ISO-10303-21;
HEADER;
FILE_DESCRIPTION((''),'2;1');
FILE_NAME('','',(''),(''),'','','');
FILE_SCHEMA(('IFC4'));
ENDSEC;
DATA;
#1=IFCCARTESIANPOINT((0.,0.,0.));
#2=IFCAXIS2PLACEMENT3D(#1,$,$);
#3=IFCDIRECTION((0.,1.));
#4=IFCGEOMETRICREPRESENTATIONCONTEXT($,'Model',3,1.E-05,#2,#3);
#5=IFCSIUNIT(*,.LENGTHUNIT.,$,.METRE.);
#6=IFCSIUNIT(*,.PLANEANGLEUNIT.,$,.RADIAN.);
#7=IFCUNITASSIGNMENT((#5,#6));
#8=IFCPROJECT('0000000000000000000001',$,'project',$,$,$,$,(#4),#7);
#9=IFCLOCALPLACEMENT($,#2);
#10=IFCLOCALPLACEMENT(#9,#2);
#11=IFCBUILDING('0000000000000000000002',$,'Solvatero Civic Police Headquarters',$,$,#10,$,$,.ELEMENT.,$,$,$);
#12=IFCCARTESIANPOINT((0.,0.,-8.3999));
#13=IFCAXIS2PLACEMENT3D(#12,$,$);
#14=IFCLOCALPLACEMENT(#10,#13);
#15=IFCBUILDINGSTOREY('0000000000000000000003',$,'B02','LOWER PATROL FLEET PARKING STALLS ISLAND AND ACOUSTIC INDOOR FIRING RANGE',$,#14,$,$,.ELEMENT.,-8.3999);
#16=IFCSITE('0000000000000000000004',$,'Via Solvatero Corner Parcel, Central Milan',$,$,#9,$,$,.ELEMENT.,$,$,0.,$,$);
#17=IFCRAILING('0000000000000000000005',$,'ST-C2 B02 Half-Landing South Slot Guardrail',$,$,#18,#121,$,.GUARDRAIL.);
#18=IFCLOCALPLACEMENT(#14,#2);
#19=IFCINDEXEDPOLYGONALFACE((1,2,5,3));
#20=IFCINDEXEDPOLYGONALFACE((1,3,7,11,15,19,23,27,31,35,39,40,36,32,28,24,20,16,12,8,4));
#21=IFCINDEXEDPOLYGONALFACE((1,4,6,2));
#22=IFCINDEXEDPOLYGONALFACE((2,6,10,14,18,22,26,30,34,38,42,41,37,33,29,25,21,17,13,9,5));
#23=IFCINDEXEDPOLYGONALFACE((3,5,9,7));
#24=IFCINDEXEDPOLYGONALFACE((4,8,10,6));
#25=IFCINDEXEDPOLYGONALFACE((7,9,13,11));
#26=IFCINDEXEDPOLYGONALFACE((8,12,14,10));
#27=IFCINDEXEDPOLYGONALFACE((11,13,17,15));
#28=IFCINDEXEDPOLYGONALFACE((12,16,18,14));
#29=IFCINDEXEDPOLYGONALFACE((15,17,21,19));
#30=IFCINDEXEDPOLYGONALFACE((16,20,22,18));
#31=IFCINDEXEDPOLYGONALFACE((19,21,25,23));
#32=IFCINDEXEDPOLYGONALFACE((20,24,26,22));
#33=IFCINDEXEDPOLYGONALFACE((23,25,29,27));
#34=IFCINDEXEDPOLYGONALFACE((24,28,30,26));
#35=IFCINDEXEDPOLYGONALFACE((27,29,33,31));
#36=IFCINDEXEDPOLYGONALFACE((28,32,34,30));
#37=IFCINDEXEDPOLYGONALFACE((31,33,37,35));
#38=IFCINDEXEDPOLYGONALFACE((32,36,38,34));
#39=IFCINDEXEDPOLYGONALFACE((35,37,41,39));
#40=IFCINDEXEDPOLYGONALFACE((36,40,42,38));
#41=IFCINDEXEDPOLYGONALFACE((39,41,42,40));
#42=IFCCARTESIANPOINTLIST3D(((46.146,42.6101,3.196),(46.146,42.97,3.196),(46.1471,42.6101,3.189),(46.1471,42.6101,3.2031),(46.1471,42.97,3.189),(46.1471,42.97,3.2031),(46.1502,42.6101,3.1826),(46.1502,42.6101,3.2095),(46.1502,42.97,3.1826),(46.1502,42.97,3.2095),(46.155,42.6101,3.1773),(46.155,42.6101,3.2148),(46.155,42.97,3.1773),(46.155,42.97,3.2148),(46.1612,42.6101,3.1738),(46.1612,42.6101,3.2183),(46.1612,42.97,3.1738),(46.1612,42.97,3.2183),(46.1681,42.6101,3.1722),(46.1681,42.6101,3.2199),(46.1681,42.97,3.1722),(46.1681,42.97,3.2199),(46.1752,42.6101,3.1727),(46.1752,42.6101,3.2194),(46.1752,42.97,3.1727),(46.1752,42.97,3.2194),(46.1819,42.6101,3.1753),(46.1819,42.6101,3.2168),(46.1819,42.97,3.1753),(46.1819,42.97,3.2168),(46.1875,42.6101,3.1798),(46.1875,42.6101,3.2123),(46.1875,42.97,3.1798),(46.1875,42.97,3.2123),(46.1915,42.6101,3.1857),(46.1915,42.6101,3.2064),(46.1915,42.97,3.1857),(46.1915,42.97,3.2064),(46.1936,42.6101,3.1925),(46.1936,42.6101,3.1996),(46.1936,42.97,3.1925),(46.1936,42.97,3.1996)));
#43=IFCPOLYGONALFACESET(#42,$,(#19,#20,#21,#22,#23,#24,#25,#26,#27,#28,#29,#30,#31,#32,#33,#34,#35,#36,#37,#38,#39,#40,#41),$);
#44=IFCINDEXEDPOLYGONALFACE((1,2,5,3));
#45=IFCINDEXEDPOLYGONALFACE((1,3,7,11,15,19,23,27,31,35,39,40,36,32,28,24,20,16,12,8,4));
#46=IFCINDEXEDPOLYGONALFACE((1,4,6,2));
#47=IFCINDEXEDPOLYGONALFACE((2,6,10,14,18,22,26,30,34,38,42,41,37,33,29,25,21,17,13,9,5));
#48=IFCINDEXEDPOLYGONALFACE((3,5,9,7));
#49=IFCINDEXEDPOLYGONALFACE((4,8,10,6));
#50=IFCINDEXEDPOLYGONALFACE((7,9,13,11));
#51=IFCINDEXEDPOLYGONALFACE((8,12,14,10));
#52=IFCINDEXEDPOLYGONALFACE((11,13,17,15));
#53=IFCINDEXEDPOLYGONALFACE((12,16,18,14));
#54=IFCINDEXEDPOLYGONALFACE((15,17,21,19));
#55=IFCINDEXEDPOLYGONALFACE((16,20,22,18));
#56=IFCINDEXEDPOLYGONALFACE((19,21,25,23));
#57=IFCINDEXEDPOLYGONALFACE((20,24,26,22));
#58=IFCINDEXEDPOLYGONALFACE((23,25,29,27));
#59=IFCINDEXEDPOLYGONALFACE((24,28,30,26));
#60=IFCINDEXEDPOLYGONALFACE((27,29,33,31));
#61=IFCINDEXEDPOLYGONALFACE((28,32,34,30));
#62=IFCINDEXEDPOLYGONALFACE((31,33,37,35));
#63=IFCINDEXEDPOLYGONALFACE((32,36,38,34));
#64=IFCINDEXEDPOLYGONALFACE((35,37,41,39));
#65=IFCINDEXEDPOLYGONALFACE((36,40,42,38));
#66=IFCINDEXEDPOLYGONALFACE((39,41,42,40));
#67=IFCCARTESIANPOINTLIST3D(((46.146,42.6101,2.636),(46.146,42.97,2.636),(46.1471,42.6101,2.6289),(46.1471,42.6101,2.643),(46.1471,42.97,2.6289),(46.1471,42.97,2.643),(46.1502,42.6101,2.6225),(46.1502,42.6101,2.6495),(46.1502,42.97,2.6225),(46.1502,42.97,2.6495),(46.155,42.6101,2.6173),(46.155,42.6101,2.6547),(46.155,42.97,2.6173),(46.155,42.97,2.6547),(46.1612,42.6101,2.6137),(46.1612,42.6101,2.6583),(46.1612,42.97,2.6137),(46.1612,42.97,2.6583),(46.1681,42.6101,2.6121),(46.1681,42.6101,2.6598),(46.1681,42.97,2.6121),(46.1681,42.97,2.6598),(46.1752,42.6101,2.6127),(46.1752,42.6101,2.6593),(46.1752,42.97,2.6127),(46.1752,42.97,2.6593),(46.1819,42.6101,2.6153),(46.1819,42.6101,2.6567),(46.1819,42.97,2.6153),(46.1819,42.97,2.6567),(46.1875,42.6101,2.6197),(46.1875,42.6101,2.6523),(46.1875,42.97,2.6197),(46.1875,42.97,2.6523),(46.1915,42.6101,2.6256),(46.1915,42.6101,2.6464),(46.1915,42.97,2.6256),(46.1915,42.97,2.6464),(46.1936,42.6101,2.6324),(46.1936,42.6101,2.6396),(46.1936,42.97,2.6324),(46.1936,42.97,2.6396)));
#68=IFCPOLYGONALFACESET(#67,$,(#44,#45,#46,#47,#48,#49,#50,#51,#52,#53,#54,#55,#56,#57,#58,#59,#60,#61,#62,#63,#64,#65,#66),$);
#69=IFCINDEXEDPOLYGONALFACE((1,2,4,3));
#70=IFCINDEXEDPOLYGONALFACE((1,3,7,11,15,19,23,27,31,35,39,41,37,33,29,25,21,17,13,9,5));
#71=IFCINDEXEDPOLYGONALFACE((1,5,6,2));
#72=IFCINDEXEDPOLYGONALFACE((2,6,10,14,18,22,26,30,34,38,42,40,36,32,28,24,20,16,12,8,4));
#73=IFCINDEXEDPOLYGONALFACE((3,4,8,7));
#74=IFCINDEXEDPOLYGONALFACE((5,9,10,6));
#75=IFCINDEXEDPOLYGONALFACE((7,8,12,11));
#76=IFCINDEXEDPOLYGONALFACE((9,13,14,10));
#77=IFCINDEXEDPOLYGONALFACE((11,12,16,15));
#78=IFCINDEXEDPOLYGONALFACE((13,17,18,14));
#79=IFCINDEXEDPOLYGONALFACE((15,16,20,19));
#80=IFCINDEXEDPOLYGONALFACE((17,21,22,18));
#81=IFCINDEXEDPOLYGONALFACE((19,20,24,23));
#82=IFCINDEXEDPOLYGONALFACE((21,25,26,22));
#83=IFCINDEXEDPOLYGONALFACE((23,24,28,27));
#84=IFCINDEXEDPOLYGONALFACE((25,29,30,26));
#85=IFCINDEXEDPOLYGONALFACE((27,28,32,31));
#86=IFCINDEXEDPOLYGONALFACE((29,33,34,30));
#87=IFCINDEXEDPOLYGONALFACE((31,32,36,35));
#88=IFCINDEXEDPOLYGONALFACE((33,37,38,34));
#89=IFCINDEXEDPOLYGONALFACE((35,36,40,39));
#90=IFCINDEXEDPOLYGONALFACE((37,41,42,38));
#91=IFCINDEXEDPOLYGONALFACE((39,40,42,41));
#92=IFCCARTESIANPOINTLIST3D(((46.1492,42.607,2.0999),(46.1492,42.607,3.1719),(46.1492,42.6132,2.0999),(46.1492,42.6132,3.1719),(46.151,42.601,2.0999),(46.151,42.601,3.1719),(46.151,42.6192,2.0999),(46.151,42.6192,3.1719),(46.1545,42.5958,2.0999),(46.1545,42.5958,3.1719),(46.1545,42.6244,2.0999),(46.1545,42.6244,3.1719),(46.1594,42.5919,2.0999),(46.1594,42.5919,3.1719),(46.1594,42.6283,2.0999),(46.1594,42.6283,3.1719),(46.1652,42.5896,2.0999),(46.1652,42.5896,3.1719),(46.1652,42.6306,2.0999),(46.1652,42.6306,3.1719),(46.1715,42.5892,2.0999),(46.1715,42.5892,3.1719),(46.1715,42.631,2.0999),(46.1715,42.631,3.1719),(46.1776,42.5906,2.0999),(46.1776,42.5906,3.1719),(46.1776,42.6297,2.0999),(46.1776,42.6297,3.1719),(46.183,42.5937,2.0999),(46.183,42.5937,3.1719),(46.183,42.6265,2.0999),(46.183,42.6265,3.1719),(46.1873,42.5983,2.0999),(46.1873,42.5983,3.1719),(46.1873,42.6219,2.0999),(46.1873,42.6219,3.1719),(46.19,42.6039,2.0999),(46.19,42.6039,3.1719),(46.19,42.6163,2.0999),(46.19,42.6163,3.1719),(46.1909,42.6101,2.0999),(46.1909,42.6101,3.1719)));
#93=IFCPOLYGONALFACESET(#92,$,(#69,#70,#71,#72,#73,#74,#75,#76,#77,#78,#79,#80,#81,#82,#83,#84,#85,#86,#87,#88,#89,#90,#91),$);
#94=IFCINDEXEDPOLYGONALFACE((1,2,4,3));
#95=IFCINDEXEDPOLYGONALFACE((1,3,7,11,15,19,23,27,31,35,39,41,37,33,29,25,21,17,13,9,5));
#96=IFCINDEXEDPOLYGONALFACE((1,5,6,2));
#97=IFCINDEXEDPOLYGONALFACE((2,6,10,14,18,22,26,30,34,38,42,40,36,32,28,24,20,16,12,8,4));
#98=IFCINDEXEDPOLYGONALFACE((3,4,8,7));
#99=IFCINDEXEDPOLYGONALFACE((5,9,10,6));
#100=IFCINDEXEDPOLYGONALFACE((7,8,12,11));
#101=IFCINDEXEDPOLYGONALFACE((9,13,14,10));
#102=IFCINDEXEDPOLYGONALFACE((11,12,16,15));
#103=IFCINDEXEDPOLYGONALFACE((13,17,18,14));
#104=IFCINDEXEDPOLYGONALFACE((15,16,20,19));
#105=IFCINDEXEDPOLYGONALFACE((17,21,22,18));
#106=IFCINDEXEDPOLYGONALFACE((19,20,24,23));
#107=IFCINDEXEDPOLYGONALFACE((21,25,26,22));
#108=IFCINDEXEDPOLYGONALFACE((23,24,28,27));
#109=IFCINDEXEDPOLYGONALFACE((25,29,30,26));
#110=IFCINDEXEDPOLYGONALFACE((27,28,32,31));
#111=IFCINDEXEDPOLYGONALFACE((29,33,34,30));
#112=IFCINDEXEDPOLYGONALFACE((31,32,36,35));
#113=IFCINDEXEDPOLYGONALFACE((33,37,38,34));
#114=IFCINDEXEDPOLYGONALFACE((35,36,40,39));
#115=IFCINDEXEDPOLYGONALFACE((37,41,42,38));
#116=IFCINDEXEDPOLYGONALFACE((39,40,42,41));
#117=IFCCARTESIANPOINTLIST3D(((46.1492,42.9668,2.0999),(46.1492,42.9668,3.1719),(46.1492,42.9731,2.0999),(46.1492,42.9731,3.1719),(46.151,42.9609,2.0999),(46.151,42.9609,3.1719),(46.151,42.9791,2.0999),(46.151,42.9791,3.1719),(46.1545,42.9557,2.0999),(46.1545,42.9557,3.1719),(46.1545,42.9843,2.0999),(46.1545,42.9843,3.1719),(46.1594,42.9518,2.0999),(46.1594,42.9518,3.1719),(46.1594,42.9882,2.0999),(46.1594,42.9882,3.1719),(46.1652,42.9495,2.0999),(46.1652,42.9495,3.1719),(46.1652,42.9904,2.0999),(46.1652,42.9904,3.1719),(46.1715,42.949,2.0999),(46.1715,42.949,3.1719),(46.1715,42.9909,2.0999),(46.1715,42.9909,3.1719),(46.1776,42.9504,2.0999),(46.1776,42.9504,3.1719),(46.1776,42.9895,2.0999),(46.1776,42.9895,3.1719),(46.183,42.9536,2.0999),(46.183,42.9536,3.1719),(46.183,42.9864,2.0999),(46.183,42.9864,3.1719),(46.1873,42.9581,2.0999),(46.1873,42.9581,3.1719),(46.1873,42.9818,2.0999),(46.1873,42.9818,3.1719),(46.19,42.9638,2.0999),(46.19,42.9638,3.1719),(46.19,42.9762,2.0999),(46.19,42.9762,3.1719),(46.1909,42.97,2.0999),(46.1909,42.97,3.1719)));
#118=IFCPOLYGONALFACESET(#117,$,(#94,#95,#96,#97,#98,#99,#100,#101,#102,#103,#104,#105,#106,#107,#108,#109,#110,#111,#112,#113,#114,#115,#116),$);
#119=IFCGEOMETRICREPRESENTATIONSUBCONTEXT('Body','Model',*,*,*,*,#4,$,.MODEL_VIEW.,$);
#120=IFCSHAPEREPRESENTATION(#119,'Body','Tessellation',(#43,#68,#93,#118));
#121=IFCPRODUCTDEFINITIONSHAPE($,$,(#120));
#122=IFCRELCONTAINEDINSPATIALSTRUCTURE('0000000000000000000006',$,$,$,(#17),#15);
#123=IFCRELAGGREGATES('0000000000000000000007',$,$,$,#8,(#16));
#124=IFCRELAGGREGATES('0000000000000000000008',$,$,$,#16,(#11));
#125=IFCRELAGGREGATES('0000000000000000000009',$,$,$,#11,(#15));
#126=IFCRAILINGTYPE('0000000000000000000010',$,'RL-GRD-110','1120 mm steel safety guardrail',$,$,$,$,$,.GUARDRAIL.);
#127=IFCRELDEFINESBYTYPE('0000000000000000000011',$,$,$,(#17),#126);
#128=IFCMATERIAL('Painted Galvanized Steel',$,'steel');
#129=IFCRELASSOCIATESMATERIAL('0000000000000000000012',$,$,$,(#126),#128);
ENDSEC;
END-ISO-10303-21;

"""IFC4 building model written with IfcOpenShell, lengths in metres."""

from ifc_helpers import new_model, si_unit, direction, frame, origin, origin_2d, place, context, subcontext, project, spatial, circle, extrude, material, type_object, element, save


model = new_model("IFC4")

# Units and contexts
model_context = context("Model", 3, precision=1e-05, world=origin(), true_north=direction((0.0, 1.0)))
body_context = subcontext(model_context, "Body", "Model", "MODEL_VIEW")
ifc_project = project(units=[si_unit("LENGTHUNIT", "METRE"), si_unit("PLANEANGLEUNIT", "RADIAN")], contexts=[model_context])

# Site, building, storey
site_placement = place(None, origin())
site = spatial("IfcSite", under=ifc_project, at=site_placement, Name="Via Solvatero Corner Parcel, Central Milan", CompositionType="ELEMENT", RefElevation=0.0)
building_placement = place(site_placement, origin())
building = spatial("IfcBuilding", under=site, at=building_placement, Name="Solvatero Civic Police Headquarters", CompositionType="ELEMENT")
storey_placement = place(building_placement, frame((0.0, 0.0, -8.3999)))
storey = spatial("IfcBuildingStorey", under=building, at=storey_placement, Name="B02", Description="LOWER PATROL FLEET PARKING STALLS ISLAND AND ACOUSTIC INDOOR FIRING RANGE", CompositionType="ELEMENT", Elevation=-8.3999)

# Railing
ifc_material_1 = material(Name="Painted Galvanized Steel", Category="steel")
railing_type_1 = type_object("IfcRailingType", Name="RL-GRD-110", Description="1120 mm steel safety guardrail", PredefinedType="GUARDRAIL", material=ifc_material_1)
for number, where, name in (
    (1, (46.1699, 42.6101, 2.0999), "ST-C2 B02 Half-Landing South Slot Guardrail"),
):
    element("IfcRailing", number, at=place(storey_placement, frame(where)), inside=storey, type_object=railing_type_1, Name=name, PredefinedType="GUARDRAIL", context=body_context, shape_type="SweptSolid", body=[
        extrude(circle(Radius=0.0239, at=origin_2d()), frame((0.0, 0.0, 1.0962), z_axis=(0.0, 1.0, 0.0), x_axis=(-1.0, 0.0, 0.0)), (0.0, 0.0, 1.0), 0.3599),
        extrude(circle(Radius=0.0239, at=origin_2d()), frame((0.0, 0.0, 0.5361), z_axis=(0.0, 1.0, 0.0), x_axis=(-1.0, 0.0, 0.0)), (0.0, 0.0, 1.0), 0.3599),
        extrude(circle(Radius=0.021, at=origin_2d()), origin(), (0.0, 0.0, 1.0), 1.072),
        extrude(circle(Radius=0.021, at=origin_2d()), frame((0.0, 0.3599, 0.0)), (0.0, 0.0, 1.0), 1.072),
    ])

save(model, "model.ifc")
